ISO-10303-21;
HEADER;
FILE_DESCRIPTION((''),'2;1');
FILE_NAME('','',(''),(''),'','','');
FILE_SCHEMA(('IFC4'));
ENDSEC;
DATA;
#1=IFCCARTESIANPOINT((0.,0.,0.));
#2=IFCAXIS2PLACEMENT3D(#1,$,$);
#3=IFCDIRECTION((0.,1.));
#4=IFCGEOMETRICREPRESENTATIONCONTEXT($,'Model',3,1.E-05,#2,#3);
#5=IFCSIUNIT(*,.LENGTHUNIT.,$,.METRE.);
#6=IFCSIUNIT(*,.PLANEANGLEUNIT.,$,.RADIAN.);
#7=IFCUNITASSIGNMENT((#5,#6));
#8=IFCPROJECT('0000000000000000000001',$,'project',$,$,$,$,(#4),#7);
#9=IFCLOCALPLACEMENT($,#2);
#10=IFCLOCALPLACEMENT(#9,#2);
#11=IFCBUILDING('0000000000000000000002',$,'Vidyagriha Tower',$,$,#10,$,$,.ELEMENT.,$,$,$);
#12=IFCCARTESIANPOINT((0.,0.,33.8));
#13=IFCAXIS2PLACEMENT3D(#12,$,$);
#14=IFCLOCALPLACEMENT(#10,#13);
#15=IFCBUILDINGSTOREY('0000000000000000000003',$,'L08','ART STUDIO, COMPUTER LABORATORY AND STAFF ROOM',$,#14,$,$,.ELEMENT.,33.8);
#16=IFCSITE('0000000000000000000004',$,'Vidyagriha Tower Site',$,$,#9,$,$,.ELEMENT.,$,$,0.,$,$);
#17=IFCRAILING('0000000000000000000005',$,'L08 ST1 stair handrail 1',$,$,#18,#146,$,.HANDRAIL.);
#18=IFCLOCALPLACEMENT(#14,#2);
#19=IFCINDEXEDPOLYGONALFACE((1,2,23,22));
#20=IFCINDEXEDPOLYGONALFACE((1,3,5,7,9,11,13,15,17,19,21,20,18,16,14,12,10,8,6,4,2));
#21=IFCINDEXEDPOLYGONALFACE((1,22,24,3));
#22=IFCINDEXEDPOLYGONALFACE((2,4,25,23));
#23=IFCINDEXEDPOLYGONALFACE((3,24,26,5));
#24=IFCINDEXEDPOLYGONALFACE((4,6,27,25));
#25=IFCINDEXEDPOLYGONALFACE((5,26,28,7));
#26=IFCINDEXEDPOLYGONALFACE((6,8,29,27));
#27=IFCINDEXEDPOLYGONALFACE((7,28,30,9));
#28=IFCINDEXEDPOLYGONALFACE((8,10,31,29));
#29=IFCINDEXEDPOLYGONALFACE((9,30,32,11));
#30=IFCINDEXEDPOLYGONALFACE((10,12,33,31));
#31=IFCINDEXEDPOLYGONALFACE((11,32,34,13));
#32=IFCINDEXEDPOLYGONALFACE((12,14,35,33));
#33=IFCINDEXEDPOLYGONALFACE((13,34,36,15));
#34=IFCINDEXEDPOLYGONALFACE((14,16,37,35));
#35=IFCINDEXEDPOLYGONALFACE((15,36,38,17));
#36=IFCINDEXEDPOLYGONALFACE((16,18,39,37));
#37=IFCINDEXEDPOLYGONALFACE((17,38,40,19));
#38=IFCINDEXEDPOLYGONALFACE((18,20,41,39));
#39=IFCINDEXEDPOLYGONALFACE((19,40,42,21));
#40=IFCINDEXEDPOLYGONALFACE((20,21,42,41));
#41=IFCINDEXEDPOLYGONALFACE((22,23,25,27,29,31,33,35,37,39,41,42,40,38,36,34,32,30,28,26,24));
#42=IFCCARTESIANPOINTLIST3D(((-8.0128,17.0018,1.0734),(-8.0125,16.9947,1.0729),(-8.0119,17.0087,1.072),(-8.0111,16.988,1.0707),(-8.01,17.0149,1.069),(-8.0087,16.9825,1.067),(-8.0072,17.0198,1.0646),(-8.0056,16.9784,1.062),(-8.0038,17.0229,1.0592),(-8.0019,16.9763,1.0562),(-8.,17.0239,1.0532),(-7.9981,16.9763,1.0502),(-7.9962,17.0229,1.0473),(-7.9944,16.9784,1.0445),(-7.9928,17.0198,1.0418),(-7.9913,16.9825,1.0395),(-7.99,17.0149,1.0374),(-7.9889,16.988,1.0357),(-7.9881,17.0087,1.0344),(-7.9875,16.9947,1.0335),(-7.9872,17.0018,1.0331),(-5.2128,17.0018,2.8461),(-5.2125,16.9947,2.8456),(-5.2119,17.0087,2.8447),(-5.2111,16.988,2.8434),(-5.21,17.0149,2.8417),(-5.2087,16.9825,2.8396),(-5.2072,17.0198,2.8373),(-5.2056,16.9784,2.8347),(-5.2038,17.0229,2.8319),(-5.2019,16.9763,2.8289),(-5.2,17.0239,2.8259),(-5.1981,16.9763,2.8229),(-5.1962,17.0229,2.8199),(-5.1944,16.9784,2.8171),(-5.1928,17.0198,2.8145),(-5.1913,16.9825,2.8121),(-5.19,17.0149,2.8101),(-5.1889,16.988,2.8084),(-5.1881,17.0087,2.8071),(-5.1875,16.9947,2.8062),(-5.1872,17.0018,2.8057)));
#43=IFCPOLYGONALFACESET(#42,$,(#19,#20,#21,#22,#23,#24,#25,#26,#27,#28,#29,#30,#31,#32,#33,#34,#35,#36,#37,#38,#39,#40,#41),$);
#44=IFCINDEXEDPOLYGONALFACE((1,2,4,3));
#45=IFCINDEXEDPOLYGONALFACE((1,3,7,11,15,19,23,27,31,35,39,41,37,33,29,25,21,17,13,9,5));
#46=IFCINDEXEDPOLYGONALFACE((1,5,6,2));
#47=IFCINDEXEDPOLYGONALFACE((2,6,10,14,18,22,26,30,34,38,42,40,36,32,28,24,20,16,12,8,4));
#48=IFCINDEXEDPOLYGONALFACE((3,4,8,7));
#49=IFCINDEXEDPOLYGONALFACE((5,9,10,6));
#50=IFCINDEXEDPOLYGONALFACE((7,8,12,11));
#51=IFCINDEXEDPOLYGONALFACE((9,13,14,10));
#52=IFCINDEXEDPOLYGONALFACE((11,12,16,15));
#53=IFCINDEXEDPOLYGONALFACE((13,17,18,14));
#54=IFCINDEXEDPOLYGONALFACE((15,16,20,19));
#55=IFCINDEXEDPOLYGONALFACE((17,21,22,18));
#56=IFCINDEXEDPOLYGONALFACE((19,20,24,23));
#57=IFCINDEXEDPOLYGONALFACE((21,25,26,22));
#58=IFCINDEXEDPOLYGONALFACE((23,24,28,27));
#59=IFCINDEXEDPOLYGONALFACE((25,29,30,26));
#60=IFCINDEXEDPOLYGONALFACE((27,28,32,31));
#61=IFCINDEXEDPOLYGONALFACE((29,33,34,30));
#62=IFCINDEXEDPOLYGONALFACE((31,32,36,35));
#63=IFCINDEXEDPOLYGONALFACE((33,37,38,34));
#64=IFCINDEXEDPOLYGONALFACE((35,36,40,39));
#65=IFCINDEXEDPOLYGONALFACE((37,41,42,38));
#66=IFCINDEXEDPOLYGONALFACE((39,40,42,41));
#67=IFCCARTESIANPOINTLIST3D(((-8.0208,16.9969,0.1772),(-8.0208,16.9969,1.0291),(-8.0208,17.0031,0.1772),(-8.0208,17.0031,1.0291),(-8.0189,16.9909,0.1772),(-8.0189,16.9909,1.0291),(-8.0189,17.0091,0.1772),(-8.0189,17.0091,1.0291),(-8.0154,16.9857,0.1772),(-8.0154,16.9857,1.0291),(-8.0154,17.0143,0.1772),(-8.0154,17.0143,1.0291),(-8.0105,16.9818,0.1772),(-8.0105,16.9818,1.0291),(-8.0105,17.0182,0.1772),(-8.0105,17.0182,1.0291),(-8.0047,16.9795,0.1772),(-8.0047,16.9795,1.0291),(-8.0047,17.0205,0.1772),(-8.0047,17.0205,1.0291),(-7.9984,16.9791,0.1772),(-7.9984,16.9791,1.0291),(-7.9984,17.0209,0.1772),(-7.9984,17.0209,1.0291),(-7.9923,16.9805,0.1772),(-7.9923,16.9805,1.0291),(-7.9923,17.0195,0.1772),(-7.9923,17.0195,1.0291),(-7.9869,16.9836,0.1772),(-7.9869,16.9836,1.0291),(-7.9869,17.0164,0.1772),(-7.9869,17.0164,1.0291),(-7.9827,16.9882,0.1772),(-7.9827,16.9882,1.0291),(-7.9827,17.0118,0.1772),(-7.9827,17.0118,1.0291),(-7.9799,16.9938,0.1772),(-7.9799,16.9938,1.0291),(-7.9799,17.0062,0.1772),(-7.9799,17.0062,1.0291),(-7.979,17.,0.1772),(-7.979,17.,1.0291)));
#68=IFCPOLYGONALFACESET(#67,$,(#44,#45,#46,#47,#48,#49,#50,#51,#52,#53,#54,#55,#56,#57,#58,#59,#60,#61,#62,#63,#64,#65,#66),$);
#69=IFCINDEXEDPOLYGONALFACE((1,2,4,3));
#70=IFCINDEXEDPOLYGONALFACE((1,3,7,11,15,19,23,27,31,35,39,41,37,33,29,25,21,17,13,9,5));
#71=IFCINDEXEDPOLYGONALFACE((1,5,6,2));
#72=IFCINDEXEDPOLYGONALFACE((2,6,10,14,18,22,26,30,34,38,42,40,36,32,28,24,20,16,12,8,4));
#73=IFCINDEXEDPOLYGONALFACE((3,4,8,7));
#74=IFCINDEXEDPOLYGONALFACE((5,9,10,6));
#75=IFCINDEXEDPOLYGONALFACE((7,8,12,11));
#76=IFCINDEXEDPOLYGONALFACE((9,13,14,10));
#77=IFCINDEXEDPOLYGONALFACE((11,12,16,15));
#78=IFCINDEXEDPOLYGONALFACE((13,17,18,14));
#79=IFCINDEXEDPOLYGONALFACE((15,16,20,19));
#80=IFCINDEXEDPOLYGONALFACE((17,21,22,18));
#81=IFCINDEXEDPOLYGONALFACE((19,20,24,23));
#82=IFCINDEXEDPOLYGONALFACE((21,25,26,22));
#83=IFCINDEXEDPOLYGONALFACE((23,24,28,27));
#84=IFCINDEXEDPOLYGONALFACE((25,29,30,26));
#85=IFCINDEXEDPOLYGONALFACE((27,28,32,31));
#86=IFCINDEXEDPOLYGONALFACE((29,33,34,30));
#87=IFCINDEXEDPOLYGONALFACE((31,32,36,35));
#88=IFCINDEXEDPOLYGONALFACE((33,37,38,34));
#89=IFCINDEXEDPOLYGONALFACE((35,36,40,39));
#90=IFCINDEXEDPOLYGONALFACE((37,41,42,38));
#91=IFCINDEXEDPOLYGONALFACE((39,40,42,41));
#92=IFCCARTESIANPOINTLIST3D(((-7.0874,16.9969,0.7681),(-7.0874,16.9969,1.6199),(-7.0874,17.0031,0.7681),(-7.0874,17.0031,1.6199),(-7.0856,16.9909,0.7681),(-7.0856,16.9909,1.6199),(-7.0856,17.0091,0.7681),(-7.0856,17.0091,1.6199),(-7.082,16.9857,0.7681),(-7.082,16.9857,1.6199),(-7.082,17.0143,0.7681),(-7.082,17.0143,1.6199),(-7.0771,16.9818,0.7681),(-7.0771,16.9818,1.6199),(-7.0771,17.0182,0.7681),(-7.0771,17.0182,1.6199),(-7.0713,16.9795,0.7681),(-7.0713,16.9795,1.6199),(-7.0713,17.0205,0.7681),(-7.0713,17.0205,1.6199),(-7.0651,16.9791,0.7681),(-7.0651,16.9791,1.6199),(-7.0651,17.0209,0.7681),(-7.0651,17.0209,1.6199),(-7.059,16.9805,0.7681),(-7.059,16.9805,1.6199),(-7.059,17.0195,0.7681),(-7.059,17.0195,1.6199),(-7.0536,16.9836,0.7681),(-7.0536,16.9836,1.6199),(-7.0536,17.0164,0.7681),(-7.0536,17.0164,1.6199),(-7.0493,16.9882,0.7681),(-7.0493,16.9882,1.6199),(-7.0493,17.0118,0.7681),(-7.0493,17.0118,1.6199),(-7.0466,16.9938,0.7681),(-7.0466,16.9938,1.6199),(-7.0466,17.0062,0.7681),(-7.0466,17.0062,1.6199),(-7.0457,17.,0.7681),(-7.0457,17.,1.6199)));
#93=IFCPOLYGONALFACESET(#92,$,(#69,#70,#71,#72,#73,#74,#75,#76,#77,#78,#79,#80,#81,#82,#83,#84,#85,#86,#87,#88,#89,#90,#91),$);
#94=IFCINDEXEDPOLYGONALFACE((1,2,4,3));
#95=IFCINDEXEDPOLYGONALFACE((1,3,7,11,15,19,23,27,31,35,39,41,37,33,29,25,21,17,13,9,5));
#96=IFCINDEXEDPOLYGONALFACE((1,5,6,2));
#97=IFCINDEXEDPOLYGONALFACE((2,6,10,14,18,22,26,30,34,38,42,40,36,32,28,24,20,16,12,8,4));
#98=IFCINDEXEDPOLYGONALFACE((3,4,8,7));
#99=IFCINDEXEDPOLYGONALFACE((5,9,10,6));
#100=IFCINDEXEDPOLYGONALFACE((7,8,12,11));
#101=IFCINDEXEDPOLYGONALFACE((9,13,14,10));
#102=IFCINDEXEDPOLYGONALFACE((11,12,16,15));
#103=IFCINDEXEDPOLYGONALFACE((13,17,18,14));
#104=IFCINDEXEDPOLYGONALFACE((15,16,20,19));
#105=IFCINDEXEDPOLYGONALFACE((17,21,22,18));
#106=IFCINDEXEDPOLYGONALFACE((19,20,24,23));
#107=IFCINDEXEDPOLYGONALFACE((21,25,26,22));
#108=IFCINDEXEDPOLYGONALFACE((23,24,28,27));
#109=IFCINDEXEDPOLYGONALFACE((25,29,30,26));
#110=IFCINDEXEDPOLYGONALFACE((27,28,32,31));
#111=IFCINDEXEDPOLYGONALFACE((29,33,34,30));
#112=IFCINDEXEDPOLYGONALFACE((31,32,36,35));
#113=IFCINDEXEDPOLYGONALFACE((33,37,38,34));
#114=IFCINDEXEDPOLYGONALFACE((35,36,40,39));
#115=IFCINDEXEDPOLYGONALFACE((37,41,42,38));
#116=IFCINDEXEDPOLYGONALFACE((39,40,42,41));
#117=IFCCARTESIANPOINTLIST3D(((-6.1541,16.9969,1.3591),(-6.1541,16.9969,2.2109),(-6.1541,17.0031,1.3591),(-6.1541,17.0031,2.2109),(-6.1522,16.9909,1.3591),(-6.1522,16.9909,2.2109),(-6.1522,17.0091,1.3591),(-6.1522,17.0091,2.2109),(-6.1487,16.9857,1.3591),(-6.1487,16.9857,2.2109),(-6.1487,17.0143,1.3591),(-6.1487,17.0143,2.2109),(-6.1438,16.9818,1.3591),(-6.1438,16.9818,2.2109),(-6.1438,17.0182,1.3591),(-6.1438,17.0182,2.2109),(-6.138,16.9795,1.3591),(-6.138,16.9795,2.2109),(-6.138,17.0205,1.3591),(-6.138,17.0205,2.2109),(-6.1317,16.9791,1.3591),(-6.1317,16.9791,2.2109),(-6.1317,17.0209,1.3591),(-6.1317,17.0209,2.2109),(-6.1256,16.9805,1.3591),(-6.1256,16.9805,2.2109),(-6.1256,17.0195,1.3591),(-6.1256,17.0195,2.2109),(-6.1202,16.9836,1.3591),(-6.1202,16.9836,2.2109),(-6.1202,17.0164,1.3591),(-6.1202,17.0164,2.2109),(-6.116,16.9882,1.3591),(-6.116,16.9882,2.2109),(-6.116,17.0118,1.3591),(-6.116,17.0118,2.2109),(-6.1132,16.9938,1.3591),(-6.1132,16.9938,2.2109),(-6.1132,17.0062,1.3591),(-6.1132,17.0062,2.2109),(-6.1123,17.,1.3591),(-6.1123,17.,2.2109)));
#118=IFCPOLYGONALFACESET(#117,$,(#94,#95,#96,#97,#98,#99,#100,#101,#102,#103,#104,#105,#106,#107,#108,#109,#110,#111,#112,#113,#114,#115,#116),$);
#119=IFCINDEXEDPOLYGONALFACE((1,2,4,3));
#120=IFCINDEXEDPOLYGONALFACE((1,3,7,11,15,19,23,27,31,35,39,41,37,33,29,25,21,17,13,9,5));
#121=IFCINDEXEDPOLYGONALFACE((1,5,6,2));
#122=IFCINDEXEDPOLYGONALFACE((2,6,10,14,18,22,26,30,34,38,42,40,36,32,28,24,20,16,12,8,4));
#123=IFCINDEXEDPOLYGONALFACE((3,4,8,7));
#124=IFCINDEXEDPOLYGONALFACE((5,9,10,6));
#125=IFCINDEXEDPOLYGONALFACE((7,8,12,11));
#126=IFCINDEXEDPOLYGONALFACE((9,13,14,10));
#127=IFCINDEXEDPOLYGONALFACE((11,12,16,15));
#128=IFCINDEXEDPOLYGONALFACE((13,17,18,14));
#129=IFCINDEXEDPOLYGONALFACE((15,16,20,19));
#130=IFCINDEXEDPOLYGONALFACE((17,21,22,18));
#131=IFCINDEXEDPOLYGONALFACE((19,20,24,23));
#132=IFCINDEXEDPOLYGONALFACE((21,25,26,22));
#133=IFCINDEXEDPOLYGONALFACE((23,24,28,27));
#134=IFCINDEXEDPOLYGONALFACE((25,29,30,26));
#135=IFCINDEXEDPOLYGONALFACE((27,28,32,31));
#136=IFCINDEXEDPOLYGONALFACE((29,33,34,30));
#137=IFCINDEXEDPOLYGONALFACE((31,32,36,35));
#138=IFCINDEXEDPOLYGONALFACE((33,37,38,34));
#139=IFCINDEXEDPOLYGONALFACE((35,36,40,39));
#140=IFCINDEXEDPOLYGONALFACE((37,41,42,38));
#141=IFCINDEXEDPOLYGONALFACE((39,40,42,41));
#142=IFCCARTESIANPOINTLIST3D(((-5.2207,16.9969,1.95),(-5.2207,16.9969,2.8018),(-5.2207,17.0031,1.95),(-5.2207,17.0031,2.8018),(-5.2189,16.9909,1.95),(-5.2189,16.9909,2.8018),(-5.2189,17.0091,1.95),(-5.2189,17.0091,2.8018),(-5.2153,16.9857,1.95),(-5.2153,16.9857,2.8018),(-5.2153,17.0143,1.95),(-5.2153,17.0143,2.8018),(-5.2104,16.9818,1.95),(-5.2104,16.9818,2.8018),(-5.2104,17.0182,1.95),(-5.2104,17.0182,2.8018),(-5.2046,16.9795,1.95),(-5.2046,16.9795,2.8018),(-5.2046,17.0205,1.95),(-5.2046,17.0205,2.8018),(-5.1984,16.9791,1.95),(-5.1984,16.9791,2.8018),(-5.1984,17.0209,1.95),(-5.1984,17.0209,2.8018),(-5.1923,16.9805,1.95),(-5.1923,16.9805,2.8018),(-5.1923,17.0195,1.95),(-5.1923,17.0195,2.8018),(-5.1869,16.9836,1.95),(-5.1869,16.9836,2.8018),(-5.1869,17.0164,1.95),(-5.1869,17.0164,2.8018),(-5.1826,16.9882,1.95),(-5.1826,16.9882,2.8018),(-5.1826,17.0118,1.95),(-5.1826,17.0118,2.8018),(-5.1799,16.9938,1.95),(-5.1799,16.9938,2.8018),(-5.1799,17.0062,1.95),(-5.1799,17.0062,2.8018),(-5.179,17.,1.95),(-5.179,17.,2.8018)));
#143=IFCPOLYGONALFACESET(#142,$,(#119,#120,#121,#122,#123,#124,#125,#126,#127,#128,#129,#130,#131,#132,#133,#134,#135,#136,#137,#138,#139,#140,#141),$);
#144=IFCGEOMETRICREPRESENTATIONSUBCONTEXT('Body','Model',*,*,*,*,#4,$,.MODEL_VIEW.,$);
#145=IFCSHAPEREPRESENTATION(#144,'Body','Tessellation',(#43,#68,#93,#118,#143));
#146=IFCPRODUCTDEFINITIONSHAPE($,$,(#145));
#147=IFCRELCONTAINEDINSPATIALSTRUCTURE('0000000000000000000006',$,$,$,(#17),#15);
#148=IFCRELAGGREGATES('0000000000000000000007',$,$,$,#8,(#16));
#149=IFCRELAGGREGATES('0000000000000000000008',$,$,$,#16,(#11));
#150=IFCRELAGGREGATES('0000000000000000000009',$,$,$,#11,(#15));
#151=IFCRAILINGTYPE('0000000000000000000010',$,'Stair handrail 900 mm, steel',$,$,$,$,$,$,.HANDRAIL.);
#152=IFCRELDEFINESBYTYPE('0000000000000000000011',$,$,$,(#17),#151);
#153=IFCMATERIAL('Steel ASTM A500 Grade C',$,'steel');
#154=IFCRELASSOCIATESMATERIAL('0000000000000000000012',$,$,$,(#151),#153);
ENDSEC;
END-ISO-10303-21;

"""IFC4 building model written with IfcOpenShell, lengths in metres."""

from ifc_helpers import new_model, si_unit, direction, frame, origin, origin_2d, place, context, subcontext, project, spatial, circle, extrude, material, type_object, element, save


model = new_model("IFC4")

# Units and contexts
model_context = context("Model", 3, precision=1e-05, world=origin(), true_north=direction((0.0, 1.0)))
body_context = subcontext(model_context, "Body", "Model", "MODEL_VIEW")
ifc_project = project(units=[si_unit("LENGTHUNIT", "METRE"), si_unit("PLANEANGLEUNIT", "RADIAN")], contexts=[model_context])

# Site, building, storey
site_placement = place(None, origin())
site = spatial("IfcSite", under=ifc_project, at=site_placement, Name="Vidyagriha Tower Site", CompositionType="ELEMENT", RefElevation=0.0)
building_placement = place(site_placement, origin())
building = spatial("IfcBuilding", under=site, at=building_placement, Name="Vidyagriha Tower", CompositionType="ELEMENT")
storey_placement = place(building_placement, frame((0.0, 0.0, 33.8)))
storey = spatial("IfcBuildingStorey", under=building, at=storey_placement, Name="L08", Description="ART STUDIO, COMPUTER LABORATORY AND STAFF ROOM", CompositionType="ELEMENT", Elevation=33.8)

# Railing
ifc_material_1 = material(Name="Steel ASTM A500 Grade C", Category="steel")
railing_type_1 = type_object("IfcRailingType", Name="Stair handrail 900 mm, steel", PredefinedType="HANDRAIL", material=ifc_material_1)
railing_1_placement = place(storey_placement, frame((-8.0, 17.0, 0.1772)))
element("IfcRailing", 1, at=railing_1_placement, inside=storey, type_object=railing_type_1, Name="L08 ST1 stair handrail 1", PredefinedType="HANDRAIL", context=body_context, shape_type="SweptSolid", body=[
    extrude(circle(Radius=0.0239, at=origin_2d()), frame((0.0, 0.0, 0.876), z_axis=(0.844909, 0.0, 0.53491), x_axis=(0.0, 1.0, 0.0)), (0.0, 0.0, 1.0), 3.314),
    extrude(circle(Radius=0.021, at=origin_2d()), origin(), (0.0, 0.0, 1.0), 0.8518),
    extrude(circle(Radius=0.021, at=origin_2d()), frame((0.9333, 0.0, 0.5908)), (0.0, 0.0, 1.0), 0.8518),
    extrude(circle(Radius=0.021, at=origin_2d()), frame((1.8667, 0.0, 1.1819)), (0.0, 0.0, 1.0), 0.8518),
    extrude(circle(Radius=0.021, at=origin_2d()), frame((2.8, 0.0, 1.7727)), (0.0, 0.0, 1.0), 0.8518),
])

save(model, "model.ifc")
